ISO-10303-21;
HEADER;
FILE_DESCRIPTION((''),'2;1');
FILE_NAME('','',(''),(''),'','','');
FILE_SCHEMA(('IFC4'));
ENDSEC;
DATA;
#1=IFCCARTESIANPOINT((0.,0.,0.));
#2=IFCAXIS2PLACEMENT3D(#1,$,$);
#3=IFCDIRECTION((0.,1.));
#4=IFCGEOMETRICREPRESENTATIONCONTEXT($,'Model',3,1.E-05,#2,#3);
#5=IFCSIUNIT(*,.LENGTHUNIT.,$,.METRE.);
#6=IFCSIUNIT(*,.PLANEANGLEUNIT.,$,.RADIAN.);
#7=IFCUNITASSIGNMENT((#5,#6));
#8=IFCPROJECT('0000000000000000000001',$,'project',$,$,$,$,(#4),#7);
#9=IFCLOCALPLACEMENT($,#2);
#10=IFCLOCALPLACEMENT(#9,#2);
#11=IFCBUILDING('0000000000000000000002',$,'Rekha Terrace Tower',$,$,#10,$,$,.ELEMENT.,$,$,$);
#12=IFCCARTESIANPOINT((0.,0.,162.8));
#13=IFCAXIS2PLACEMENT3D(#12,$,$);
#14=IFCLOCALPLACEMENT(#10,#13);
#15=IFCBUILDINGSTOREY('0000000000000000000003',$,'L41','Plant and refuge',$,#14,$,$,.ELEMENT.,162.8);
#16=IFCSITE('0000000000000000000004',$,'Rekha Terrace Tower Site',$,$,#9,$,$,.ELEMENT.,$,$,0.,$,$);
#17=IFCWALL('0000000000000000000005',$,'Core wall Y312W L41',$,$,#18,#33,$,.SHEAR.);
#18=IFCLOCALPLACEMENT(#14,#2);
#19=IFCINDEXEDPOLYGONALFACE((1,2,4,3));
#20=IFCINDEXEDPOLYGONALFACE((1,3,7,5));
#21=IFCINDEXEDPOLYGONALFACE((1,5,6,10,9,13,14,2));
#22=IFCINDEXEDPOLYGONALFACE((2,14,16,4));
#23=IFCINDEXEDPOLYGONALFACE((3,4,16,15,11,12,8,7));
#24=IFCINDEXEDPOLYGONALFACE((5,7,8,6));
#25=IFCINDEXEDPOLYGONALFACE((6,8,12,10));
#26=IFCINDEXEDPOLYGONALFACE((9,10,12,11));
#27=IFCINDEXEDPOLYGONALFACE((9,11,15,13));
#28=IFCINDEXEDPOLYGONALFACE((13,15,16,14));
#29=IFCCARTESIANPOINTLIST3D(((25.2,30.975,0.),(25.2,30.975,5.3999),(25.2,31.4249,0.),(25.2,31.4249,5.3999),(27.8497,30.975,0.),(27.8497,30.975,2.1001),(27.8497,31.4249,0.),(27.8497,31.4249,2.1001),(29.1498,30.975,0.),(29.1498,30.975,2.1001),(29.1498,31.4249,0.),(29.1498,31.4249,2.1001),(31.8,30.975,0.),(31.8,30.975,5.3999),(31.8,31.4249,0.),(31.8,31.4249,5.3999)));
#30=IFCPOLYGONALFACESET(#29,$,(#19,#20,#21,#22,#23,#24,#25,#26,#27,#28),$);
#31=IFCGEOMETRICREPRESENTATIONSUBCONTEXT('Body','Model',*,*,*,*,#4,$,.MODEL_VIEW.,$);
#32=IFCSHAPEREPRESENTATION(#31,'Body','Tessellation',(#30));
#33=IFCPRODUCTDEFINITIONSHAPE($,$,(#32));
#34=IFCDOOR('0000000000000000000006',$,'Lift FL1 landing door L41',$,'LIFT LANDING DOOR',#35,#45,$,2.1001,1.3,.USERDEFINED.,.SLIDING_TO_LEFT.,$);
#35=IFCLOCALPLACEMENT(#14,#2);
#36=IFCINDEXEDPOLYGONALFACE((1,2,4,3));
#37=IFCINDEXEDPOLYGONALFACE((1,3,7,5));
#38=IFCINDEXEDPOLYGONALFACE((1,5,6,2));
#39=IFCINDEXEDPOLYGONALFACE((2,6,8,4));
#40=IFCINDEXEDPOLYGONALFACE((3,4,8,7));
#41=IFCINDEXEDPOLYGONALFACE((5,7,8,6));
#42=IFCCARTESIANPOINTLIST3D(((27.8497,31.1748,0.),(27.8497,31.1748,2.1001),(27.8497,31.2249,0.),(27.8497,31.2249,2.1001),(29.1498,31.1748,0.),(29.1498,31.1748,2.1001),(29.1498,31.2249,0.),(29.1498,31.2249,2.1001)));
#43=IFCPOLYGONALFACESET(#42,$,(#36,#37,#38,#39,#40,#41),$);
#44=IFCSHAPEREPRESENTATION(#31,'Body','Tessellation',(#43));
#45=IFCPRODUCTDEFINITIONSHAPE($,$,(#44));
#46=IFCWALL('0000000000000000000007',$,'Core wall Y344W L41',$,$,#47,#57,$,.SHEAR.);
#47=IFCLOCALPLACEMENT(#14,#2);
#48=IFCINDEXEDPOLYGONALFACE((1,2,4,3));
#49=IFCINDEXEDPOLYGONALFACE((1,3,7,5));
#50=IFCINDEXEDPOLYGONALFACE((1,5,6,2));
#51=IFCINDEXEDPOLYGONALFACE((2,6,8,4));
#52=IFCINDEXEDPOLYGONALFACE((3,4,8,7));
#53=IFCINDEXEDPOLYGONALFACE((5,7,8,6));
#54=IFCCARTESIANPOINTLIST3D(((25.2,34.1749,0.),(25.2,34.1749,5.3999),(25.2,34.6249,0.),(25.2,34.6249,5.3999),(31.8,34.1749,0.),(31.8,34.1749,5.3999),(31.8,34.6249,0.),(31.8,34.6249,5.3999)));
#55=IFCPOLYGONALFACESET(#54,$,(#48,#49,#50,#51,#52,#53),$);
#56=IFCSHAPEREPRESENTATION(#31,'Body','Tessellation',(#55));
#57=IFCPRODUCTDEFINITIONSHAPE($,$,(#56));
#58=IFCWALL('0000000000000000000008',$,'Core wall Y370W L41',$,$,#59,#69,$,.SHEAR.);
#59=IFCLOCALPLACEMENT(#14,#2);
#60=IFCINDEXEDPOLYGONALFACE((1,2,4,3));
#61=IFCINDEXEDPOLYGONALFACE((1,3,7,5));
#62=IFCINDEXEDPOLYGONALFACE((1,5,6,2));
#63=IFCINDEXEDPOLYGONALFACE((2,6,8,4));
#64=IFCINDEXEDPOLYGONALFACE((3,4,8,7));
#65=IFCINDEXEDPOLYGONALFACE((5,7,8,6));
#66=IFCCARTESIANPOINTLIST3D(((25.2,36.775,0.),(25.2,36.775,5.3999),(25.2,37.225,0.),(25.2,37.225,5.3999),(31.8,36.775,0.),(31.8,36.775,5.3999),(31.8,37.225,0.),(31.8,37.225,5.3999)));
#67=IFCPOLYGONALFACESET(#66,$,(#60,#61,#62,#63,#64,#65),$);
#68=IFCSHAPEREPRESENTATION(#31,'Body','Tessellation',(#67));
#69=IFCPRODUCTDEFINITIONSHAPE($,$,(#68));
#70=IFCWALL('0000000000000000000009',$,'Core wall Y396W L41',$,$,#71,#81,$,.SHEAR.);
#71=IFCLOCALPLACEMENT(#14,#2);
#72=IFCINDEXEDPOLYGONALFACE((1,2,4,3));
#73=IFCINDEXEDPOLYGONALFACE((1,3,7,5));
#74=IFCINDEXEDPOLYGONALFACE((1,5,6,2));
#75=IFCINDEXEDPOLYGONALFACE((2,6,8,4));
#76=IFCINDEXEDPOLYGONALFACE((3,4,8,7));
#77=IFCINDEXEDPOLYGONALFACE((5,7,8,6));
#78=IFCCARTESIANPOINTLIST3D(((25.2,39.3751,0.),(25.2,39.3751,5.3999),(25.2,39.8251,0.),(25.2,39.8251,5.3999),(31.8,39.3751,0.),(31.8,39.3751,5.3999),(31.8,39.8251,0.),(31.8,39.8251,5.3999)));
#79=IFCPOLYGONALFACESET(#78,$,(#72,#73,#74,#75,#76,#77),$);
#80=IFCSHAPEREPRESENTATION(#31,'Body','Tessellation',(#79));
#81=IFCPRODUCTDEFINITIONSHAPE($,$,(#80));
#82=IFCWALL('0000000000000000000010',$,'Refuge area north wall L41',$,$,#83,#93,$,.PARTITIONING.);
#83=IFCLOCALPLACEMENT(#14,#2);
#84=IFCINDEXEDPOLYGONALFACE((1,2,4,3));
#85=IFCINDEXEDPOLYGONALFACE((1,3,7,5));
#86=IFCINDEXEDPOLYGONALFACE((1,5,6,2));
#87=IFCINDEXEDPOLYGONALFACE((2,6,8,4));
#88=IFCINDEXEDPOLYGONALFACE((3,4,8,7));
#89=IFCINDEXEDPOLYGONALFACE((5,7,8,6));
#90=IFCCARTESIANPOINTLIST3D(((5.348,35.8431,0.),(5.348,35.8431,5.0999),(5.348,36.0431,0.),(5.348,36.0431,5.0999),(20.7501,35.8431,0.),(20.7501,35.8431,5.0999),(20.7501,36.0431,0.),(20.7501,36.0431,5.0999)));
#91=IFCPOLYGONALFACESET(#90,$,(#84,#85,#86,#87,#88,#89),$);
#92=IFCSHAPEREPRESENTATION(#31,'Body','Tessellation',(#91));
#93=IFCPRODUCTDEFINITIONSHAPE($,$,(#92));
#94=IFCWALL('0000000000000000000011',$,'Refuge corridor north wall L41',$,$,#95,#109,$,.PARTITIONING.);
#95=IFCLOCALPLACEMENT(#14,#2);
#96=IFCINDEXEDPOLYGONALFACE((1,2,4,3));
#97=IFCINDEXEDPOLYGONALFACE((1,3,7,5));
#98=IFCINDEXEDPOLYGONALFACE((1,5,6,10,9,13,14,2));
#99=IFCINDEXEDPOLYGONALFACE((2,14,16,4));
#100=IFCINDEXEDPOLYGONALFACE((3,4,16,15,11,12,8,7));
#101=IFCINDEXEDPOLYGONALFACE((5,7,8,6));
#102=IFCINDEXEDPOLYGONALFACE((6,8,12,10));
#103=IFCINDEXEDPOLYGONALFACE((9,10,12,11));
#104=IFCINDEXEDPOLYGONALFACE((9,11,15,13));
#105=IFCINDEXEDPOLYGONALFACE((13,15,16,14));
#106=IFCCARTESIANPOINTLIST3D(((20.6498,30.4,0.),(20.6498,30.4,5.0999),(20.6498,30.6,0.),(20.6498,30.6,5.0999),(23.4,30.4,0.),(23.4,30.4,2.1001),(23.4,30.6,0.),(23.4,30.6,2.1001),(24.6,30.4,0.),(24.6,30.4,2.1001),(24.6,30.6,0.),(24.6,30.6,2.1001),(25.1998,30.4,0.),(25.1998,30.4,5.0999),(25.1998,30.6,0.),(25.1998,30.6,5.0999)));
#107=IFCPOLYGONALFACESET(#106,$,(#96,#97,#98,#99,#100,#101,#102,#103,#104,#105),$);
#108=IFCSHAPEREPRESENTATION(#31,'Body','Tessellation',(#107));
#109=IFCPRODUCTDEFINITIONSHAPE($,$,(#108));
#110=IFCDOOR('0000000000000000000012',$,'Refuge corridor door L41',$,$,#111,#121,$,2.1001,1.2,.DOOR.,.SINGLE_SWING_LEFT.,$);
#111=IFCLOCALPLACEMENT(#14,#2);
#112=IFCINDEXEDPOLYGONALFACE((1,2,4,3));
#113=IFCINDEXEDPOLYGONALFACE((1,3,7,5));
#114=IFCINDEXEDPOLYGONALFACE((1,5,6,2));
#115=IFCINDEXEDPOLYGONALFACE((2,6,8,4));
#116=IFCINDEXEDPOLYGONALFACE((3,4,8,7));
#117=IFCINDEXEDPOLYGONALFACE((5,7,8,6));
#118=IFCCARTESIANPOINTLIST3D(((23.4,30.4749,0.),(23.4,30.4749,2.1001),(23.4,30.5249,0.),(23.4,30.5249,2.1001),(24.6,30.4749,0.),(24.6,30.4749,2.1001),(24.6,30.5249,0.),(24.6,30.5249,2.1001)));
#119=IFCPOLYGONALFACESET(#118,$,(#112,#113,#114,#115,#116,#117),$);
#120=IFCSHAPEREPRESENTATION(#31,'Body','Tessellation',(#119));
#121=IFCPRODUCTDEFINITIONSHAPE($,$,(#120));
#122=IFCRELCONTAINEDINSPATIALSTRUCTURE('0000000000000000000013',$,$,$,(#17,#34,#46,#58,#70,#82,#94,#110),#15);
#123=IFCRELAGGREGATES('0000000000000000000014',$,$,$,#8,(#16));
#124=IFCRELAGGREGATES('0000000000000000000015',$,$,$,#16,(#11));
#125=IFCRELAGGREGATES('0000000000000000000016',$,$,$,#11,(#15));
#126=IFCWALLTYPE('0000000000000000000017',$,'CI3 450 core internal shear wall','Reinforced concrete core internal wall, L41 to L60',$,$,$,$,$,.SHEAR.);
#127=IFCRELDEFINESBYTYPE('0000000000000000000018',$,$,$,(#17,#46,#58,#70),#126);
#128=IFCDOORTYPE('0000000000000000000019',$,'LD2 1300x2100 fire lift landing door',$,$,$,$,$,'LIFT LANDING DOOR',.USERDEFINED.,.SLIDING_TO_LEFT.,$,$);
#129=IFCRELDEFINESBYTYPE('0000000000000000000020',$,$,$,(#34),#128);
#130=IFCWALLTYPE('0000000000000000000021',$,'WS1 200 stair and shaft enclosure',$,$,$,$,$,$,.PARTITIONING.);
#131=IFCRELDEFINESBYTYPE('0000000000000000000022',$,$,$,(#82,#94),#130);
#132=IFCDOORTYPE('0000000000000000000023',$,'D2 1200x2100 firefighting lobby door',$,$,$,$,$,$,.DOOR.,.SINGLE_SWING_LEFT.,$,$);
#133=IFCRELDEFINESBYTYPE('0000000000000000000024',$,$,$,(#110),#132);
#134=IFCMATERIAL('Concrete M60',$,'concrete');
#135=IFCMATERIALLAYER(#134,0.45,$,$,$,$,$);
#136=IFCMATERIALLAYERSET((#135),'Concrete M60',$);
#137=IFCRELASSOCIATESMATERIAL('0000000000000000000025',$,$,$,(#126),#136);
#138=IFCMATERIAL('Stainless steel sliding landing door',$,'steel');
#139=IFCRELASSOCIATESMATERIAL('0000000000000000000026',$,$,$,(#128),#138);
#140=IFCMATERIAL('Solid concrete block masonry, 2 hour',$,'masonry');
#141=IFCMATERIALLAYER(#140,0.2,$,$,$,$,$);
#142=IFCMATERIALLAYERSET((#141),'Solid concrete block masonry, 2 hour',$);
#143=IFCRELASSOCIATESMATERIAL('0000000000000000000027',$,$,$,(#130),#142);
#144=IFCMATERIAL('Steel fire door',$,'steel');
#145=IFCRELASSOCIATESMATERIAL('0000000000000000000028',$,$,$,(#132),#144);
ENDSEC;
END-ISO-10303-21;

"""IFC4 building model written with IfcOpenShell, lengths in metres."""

from ifc_helpers import new_model, si_unit, direction, frame, frame_2d, origin, place, context, subcontext, project, spatial, rectangle, extrude, material, layer, layer_set, type_object, element, fill, save


model = new_model("IFC4")

# Units and contexts
model_context = context("Model", 3, precision=1e-05, world=origin(), true_north=direction((0.0, 1.0)))
body_context = subcontext(model_context, "Body", "Model", "MODEL_VIEW")
ifc_project = project(units=[si_unit("LENGTHUNIT", "METRE"), si_unit("PLANEANGLEUNIT", "RADIAN")], contexts=[model_context])

# Site, building, storey
site_placement = place(None, origin())
site = spatial("IfcSite", under=ifc_project, at=site_placement, Name="Rekha Terrace Tower Site", CompositionType="ELEMENT", RefElevation=0.0)
building_placement = place(site_placement, origin())
building = spatial("IfcBuilding", under=site, at=building_placement, Name="Rekha Terrace Tower", CompositionType="ELEMENT")
storey_placement = place(building_placement, frame((0.0, 0.0, 162.8)))
storey = spatial("IfcBuildingStorey", under=building, at=storey_placement, Name="L41", Description="Plant and refuge", CompositionType="ELEMENT", Elevation=162.8)

# Wall, opening, door
ifc_material_1 = material(Name="Concrete M60", Category="concrete")
ifc_layer_1 = layer(ifc_material_1, 0.45)
ifc_layer_set_1 = layer_set([ifc_layer_1], Name="Concrete M60")
wall_type_1 = type_object("IfcWallType", Name="CI3 450 core internal shear wall", Description="Reinforced concrete core internal wall, L41 to L60", PredefinedType="SHEAR", material=ifc_layer_set_1)
wall_1_placement = place(storey_placement, frame((25.2, 31.2, 0.0), z_axis=(0.0, 0.0, 1.0), x_axis=(1.0, 0.0, 0.0)))
wall_1 = element("IfcWall", 1, at=wall_1_placement, inside=storey, type_object=wall_type_1, Name="Core wall Y312W L41", PredefinedType="SHEAR", context=body_context, shape_type="SweptSolid", body=[
    extrude(rectangle(XDim=6.6001, YDim=0.45, at=frame_2d((3.3, 0.0))), origin(), (0.0, 0.0, 1.0), 5.3999),
])
opening_1_placement = place(wall_1_placement, frame((2.6499, 0.0, 0.0)))
opening_1 = element("IfcOpeningElement", 2, at=opening_1_placement, cuts=wall_1, PredefinedType="OPENING", context=body_context, shape_type="SweptSolid", body=[
    extrude(rectangle(XDim=1.3, YDim=2.1001, at=frame_2d((0.6499, 1.05))), frame((0.0, 0.2349, 0.0), z_axis=(0.0, -1.0, 0.0), x_axis=(1.0, 0.0, 0.0)), (0.0, 0.0, 1.0), 0.47),
])
ifc_material_2 = material(Name="Stainless steel sliding landing door", Category="steel")
door_type_1 = type_object("IfcDoorType", Name="LD2 1300x2100 fire lift landing door", ElementType="LIFT LANDING DOOR", OperationType="SLIDING_TO_LEFT", PredefinedType="USERDEFINED", material=ifc_material_2)
door_1_placement = place(opening_1_placement, origin())
door_1 = element("IfcDoor", 3, at=door_1_placement, inside=storey, type_object=door_type_1, Name="Lift FL1 landing door L41", ObjectType="LIFT LANDING DOOR", OperationType="SLIDING_TO_LEFT", OverallHeight=2.1001, OverallWidth=1.3, PredefinedType="USERDEFINED", context=body_context, shape_type="SweptSolid", body=[
    extrude(rectangle(XDim=1.3, YDim=2.1001, at=frame_2d((0.6499, 1.05))), frame((0.0, 0.0249, 0.0), z_axis=(0.0, -1.0, 0.0), x_axis=(1.0, 0.0, 0.0)), (0.0, 0.0, 1.0), 0.05),
])
fill(opening_1, door_1)

# Walls
for number, where, z_axis, x_axis, name in (
    (4, (25.2, 34.3999, 0.0), (0.0, 0.0, 1.0), (1.0, 0.0, 0.0), "Core wall Y344W L41"),
    (5, (25.2, 37.0, 0.0), (0.0, 0.0, 1.0), (1.0, 0.0, 0.0), "Core wall Y370W L41"),
    (6, (25.2, 39.6001, 0.0), (0.0, 0.0, 1.0), (1.0, 0.0, 0.0), "Core wall Y396W L41"),
):
    element("IfcWall", number, at=place(storey_placement, frame(where, z_axis=z_axis, x_axis=x_axis)), inside=storey, type_object=wall_type_1, Name=name, PredefinedType="SHEAR", context=body_context, shape_type="SweptSolid", body=[
        extrude(rectangle(XDim=6.6001, YDim=0.45, at=frame_2d((3.3, 0.0))), origin(), (0.0, 0.0, 1.0), 5.3999),
    ])
ifc_material_3 = material(Name="Solid concrete block masonry, 2 hour", Category="masonry")
ifc_layer_2 = layer(ifc_material_3, 0.2)
ifc_layer_set_2 = layer_set([ifc_layer_2], Name="Solid concrete block masonry, 2 hour")
wall_type_2 = type_object("IfcWallType", Name="WS1 200 stair and shaft enclosure", PredefinedType="PARTITIONING", material=ifc_layer_set_2)
wall_2_placement = place(storey_placement, frame((5.3479, 35.9431, 0.0), z_axis=(0.0, 0.0, 1.0), x_axis=(1.0, 0.0, 0.0)))
element("IfcWall", 7, at=wall_2_placement, inside=storey, type_object=wall_type_2, Name="Refuge area north wall L41", PredefinedType="PARTITIONING", context=body_context, shape_type="SweptSolid", body=[
    extrude(rectangle(XDim=15.4021, YDim=0.2, at=frame_2d((7.7012, 0.0))), origin(), (0.0, 0.0, 1.0), 5.0999),
])

# Wall, opening, door
wall_3_placement = place(storey_placement, frame((20.6499, 30.5, 0.0), z_axis=(0.0, 0.0, 1.0), x_axis=(1.0, 0.0, 0.0)))
wall_3 = element("IfcWall", 8, at=wall_3_placement, inside=storey, type_object=wall_type_2, Name="Refuge corridor north wall L41", PredefinedType="PARTITIONING", context=body_context, shape_type="SweptSolid", body=[
    extrude(rectangle(XDim=4.55, YDim=0.2, at=frame_2d((2.2749, 0.0))), origin(), (0.0, 0.0, 1.0), 5.0999),
])
opening_2_placement = place(wall_3_placement, frame((2.75, 0.0, 0.0)))
opening_2 = element("IfcOpeningElement", 9, at=opening_2_placement, cuts=wall_3, PredefinedType="OPENING", context=body_context, shape_type="SweptSolid", body=[
    extrude(rectangle(XDim=1.2, YDim=2.1001, at=frame_2d((0.6001, 1.05))), frame((0.0, 0.1099, 0.0), z_axis=(0.0, -1.0, 0.0), x_axis=(1.0, 0.0, 0.0)), (0.0, 0.0, 1.0), 0.22),
])
ifc_material_4 = material(Name="Steel fire door", Category="steel")
door_type_2 = type_object("IfcDoorType", Name="D2 1200x2100 firefighting lobby door", OperationType="SINGLE_SWING_LEFT", PredefinedType="DOOR", material=ifc_material_4)
door_2_placement = place(opening_2_placement, origin())
door_2 = element("IfcDoor", 10, at=door_2_placement, inside=storey, type_object=door_type_2, Name="Refuge corridor door L41", OperationType="SINGLE_SWING_LEFT", OverallHeight=2.1001, OverallWidth=1.2, PredefinedType="DOOR", context=body_context, shape_type="SweptSolid", body=[
    extrude(rectangle(XDim=1.2, YDim=2.1001, at=frame_2d((0.6001, 1.05))), frame((0.0, 0.0249, 0.0), z_axis=(0.0, -1.0, 0.0), x_axis=(1.0, 0.0, 0.0)), (0.0, 0.0, 1.0), 0.05),
])
fill(opening_2, door_2)

save(model, "model.ifc")
